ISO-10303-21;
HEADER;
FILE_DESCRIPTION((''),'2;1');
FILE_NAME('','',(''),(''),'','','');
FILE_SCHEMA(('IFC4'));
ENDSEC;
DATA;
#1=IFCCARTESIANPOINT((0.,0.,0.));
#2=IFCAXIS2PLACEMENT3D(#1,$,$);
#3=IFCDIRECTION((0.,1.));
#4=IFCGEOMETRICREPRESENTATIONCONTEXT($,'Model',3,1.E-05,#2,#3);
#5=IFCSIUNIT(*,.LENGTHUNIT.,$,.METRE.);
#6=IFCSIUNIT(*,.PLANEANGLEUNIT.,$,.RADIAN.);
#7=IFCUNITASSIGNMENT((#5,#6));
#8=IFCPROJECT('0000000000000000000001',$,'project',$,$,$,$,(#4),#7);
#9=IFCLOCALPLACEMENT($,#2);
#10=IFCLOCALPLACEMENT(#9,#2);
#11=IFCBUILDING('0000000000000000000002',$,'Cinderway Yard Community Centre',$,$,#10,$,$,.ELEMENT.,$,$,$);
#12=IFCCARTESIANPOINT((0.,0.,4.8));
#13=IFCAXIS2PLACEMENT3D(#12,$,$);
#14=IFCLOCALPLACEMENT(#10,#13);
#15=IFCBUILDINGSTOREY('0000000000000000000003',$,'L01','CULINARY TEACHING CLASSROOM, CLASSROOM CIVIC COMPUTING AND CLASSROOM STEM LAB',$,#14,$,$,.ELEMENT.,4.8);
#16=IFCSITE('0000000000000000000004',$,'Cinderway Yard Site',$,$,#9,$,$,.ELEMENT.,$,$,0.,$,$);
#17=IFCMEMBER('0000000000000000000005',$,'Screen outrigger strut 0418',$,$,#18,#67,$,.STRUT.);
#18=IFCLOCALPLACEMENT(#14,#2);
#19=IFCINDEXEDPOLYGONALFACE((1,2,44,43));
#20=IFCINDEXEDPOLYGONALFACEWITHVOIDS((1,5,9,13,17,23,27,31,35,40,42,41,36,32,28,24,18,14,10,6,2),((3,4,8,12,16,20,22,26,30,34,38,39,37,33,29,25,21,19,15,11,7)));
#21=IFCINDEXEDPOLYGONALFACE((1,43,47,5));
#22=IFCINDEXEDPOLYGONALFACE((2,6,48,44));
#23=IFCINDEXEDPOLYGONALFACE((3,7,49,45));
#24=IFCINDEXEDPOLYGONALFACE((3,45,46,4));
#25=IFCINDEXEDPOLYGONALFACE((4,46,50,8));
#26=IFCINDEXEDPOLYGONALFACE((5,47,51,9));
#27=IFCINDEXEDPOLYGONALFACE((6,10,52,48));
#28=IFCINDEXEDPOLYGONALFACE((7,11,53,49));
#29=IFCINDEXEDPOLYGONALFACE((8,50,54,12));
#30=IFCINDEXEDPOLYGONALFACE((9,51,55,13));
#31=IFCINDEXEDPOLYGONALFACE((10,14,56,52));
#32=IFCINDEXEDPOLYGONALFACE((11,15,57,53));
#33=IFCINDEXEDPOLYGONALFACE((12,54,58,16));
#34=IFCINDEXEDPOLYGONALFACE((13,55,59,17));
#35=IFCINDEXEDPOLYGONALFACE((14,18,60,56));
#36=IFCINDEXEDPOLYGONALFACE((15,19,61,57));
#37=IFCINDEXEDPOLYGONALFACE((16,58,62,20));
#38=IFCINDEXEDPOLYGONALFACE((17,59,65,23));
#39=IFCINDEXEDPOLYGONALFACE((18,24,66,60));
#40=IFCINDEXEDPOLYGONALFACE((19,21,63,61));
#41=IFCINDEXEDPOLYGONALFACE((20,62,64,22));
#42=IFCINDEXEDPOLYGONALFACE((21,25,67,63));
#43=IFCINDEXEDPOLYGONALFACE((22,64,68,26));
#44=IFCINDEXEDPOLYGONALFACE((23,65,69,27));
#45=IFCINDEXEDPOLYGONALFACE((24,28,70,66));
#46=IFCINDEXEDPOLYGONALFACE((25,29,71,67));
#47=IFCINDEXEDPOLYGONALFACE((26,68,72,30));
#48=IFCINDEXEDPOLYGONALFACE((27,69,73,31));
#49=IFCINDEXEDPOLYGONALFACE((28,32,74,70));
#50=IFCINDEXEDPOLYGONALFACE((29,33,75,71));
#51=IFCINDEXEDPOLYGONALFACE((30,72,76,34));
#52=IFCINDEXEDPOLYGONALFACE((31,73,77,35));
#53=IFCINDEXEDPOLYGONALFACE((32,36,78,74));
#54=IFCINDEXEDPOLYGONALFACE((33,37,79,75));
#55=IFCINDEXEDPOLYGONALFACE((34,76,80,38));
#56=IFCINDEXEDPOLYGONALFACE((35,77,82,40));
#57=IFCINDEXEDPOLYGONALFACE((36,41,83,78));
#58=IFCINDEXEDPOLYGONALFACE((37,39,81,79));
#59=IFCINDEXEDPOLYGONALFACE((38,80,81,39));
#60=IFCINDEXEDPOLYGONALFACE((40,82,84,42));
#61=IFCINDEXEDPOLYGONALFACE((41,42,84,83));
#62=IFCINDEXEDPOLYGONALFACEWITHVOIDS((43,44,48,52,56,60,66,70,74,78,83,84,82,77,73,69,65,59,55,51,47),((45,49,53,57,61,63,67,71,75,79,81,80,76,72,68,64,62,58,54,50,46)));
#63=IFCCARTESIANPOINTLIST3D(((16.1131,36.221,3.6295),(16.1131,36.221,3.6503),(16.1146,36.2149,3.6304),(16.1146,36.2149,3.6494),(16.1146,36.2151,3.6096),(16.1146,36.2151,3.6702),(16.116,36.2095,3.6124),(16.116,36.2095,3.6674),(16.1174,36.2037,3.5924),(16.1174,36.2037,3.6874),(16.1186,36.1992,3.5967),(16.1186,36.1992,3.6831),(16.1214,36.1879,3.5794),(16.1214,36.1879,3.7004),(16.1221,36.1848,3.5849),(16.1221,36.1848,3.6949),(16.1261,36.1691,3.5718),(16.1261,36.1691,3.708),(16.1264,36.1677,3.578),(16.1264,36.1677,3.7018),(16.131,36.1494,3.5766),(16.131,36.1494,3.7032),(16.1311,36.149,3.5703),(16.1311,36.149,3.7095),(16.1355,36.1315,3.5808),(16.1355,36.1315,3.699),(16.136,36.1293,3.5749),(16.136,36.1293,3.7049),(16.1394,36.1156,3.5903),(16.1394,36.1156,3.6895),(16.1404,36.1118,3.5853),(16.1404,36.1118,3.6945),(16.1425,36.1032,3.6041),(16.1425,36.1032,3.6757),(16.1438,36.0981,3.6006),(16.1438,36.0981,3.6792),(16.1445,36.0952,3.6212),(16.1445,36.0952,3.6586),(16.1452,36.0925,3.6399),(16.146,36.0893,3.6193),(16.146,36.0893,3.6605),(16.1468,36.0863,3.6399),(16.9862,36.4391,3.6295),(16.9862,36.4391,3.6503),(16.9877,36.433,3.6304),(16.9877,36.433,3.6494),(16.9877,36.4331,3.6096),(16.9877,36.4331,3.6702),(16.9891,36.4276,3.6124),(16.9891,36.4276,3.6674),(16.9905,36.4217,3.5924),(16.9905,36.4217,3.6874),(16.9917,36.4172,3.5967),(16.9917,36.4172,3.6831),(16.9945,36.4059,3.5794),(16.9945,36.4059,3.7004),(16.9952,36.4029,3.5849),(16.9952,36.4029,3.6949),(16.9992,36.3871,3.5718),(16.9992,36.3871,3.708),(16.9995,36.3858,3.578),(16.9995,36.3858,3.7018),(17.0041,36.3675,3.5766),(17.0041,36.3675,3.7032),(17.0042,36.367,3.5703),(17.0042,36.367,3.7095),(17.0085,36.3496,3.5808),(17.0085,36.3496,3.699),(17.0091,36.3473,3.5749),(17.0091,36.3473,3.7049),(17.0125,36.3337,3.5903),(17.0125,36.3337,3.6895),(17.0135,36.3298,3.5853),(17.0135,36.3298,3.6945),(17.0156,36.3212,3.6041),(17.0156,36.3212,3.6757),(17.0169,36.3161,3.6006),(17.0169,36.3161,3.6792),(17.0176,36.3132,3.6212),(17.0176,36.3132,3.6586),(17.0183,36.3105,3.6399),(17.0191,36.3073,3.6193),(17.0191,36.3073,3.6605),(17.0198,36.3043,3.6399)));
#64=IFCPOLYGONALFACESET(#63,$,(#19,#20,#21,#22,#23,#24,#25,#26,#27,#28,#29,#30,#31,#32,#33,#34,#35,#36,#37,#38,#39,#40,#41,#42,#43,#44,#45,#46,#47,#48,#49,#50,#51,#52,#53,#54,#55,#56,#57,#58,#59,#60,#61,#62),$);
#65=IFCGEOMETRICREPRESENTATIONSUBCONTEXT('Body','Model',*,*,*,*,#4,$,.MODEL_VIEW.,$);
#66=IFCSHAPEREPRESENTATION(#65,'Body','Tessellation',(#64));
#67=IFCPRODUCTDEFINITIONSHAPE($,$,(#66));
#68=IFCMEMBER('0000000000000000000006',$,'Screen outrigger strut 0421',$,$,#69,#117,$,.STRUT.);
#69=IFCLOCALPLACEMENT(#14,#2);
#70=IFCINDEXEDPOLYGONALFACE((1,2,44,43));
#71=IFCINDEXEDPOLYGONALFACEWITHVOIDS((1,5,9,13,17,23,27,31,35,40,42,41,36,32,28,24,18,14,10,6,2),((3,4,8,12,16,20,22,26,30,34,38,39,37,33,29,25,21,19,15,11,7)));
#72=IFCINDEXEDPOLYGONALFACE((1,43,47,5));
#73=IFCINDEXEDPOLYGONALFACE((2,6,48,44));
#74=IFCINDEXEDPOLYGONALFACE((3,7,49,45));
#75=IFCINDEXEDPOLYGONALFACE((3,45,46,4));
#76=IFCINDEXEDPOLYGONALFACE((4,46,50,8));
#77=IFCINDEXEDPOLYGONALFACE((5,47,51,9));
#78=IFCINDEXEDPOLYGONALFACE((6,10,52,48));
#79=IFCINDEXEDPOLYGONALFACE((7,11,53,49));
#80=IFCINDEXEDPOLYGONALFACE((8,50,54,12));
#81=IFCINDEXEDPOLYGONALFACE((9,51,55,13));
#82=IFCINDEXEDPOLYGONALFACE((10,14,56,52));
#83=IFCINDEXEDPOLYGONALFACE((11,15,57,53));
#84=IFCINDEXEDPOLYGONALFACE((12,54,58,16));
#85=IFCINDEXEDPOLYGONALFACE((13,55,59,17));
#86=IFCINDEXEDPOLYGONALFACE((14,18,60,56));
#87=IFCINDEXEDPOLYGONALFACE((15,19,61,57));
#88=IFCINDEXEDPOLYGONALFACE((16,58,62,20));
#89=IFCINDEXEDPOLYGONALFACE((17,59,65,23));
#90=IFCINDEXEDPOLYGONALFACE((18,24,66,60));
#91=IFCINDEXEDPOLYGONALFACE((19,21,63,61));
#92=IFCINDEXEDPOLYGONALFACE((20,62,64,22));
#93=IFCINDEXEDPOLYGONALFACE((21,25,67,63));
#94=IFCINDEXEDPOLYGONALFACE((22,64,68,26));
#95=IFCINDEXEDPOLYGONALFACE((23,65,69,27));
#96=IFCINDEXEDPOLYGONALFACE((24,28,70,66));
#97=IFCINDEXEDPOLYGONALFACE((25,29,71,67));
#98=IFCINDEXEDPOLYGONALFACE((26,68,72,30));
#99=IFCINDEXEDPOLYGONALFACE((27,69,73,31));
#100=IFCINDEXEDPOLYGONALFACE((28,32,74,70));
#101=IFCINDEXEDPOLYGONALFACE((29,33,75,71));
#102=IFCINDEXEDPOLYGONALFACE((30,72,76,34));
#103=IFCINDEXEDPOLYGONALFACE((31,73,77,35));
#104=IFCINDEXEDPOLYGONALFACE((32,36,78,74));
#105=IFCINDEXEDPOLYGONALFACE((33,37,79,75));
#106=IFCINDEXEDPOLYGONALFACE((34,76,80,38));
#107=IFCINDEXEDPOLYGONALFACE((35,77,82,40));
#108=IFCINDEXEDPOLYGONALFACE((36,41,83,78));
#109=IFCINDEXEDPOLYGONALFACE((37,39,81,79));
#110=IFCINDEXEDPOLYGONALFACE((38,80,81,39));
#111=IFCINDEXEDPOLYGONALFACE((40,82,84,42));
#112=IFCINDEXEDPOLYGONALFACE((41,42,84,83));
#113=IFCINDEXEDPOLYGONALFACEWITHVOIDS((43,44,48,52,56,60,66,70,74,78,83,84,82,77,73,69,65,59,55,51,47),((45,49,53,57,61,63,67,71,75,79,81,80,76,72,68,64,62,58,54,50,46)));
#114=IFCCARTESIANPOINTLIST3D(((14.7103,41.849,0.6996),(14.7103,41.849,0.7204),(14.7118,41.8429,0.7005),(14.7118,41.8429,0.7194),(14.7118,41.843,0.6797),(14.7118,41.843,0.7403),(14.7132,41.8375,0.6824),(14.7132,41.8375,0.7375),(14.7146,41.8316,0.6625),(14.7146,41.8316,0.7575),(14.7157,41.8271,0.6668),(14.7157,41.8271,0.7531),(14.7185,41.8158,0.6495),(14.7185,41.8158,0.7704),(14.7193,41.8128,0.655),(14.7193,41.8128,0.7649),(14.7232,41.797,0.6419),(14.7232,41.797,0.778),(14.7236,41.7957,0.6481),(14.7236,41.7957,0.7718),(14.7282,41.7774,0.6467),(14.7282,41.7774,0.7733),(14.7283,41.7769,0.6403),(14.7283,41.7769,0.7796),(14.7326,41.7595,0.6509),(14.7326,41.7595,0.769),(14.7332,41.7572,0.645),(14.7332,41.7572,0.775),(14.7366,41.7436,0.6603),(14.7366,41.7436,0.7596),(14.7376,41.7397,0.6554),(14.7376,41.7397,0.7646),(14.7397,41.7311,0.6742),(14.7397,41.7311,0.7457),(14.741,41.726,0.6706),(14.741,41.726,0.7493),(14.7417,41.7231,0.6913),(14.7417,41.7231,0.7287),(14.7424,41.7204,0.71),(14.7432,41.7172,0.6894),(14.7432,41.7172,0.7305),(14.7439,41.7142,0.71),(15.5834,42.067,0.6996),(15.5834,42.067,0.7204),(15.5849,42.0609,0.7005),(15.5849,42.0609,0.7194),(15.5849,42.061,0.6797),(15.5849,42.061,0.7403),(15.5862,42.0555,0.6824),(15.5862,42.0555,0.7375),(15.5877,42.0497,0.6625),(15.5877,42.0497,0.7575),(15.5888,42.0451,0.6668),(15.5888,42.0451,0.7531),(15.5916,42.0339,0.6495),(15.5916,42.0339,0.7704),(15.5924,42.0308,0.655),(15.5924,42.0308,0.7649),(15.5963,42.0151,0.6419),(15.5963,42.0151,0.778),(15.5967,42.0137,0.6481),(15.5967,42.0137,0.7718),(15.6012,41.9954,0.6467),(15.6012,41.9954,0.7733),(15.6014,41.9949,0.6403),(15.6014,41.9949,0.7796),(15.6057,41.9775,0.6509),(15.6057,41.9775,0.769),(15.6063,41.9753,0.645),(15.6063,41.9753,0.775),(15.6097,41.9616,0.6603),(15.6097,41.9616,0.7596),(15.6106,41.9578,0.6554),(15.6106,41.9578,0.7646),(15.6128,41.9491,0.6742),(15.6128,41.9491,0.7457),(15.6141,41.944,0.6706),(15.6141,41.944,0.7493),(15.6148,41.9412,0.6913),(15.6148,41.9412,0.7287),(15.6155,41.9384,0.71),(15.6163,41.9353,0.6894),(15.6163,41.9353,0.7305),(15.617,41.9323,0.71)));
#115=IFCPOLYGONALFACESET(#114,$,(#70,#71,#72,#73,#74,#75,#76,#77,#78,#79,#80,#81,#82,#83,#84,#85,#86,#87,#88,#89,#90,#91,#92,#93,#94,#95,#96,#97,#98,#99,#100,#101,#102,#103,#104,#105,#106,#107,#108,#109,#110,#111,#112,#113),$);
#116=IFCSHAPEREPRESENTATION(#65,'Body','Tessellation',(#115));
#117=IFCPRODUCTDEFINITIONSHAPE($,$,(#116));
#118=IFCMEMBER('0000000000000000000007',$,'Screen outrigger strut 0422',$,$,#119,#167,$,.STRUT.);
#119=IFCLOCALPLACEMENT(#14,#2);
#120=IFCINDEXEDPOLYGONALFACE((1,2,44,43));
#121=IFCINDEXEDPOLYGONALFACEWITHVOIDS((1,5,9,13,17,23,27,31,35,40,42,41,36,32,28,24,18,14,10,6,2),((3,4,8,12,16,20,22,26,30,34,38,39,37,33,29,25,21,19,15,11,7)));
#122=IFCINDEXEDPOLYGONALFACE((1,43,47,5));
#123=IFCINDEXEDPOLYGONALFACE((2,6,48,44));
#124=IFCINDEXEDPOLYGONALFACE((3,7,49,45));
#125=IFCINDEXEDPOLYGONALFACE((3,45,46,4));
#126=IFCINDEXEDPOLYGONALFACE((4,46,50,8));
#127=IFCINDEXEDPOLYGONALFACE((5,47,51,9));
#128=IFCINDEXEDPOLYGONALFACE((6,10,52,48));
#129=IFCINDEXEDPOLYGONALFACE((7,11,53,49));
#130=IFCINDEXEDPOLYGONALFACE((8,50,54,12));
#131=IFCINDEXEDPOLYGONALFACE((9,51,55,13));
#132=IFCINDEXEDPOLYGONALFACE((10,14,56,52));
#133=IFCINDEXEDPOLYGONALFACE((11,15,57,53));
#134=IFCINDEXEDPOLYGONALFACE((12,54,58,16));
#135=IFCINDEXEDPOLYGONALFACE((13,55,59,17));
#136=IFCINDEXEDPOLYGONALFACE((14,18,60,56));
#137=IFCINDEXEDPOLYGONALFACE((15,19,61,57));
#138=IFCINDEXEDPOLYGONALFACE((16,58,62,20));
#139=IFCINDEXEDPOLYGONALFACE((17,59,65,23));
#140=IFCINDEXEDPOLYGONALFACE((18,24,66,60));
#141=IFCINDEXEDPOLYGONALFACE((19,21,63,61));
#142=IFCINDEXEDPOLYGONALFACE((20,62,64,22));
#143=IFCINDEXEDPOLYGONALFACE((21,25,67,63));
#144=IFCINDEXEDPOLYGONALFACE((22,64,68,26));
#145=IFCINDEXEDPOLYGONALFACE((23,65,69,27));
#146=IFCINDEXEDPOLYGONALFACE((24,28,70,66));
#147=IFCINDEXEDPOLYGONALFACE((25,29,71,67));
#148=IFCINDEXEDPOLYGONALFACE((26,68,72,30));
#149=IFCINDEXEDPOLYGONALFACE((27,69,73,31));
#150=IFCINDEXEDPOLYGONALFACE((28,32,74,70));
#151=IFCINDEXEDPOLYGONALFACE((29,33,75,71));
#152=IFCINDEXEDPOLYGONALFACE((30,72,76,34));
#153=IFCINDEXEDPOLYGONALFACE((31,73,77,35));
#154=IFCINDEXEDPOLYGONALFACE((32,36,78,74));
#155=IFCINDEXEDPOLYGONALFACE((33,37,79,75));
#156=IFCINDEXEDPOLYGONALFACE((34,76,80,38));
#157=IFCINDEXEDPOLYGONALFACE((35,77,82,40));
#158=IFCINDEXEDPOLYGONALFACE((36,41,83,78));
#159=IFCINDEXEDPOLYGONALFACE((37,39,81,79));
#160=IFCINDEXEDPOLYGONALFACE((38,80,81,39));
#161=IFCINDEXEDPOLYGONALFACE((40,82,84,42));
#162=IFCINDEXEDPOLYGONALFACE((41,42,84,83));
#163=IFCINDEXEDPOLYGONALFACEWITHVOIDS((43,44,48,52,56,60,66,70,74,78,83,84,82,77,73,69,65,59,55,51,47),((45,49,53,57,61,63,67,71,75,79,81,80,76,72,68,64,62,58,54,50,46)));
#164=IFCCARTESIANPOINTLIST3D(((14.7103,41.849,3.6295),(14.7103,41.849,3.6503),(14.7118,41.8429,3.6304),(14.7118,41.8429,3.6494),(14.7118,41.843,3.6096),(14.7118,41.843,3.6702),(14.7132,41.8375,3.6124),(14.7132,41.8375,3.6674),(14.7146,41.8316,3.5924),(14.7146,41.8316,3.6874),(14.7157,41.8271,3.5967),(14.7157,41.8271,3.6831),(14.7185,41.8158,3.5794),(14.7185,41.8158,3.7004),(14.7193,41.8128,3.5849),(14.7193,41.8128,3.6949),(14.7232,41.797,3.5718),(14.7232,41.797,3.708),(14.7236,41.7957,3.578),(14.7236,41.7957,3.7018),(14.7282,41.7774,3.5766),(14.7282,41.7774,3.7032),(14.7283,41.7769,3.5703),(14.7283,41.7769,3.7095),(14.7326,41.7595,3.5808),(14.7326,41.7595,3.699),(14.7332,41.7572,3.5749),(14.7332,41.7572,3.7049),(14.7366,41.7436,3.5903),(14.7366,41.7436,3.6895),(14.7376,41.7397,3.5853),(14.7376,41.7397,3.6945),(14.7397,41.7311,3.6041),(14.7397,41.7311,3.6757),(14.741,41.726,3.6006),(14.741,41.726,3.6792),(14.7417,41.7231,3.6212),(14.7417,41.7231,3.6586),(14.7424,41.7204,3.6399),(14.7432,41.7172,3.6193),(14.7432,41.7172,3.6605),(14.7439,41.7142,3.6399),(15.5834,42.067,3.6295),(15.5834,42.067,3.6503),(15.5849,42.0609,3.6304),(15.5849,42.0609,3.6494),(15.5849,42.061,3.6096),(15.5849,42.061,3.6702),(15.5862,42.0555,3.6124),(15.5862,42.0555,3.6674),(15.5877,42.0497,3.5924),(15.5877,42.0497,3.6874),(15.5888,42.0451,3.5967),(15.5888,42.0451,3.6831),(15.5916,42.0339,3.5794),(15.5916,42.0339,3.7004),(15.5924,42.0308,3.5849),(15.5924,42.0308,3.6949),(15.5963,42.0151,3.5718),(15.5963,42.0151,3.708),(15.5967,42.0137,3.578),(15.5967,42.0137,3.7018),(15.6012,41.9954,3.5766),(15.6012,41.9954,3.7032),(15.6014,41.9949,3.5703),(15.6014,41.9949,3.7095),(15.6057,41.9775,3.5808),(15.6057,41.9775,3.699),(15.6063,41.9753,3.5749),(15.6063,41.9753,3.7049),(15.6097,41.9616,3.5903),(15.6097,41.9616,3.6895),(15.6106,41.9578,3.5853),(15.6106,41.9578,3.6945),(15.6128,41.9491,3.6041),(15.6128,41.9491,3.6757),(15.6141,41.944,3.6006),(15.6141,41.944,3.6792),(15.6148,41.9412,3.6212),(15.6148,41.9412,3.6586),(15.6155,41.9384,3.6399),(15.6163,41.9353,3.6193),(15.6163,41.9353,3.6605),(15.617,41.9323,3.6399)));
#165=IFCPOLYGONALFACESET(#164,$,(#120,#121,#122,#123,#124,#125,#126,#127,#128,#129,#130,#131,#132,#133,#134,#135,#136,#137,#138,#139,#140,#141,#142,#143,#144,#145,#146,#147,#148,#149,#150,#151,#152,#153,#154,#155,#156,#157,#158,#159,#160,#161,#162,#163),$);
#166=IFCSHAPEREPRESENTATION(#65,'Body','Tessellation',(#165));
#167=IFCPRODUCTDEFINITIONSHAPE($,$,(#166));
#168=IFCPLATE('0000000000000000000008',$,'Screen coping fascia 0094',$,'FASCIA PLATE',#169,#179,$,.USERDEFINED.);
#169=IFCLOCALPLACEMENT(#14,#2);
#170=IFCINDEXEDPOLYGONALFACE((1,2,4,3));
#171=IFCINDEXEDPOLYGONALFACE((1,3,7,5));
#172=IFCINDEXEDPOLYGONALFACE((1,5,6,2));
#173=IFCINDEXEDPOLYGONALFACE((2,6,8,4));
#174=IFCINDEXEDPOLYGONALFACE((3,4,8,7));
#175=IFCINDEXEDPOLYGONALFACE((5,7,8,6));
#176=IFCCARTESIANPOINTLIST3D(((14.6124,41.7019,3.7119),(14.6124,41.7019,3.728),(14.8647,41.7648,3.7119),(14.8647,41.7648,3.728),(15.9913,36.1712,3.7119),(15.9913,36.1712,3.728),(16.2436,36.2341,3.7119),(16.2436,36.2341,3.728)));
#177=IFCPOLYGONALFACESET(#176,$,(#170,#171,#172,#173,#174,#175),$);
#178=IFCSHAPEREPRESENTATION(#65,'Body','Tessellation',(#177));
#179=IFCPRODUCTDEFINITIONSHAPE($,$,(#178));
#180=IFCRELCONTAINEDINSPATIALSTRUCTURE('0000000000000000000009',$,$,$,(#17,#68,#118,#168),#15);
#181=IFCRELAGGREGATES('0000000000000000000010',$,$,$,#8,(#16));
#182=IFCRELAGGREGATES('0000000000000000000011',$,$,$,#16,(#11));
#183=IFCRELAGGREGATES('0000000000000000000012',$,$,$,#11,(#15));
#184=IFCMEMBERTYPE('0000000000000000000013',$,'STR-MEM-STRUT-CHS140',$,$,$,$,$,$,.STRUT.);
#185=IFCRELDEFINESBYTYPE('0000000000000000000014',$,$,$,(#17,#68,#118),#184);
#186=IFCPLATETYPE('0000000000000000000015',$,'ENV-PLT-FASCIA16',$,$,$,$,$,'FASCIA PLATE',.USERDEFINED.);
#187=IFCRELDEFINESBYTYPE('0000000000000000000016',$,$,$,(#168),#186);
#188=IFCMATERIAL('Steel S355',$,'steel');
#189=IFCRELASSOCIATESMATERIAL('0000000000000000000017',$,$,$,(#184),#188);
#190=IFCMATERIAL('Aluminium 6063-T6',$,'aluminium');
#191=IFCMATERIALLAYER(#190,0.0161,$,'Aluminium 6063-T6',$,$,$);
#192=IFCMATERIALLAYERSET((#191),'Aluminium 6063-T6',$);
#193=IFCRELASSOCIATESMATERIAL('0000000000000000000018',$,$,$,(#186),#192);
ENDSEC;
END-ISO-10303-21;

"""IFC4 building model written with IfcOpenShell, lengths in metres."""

from ifc_helpers import new_model, si_unit, direction, frame, origin, origin_2d, place, context, subcontext, project, spatial, rectangle, hollow_circle, extrude, material, layer, layer_set, material_profile, profile_set, type_object, element, save


model = new_model("IFC4")

# Units and contexts
model_context = context("Model", 3, precision=1e-05, world=origin(), true_north=direction((0.0, 1.0)))
body_context = subcontext(model_context, "Body", "Model", "MODEL_VIEW")
ifc_project = project(units=[si_unit("LENGTHUNIT", "METRE"), si_unit("PLANEANGLEUNIT", "RADIAN")], contexts=[model_context])

# Site, building, storey
site_placement = place(None, origin())
site = spatial("IfcSite", under=ifc_project, at=site_placement, Name="Cinderway Yard Site", CompositionType="ELEMENT", RefElevation=0.0)
building_placement = place(site_placement, origin())
building = spatial("IfcBuilding", under=site, at=building_placement, Name="Cinderway Yard Community Centre", CompositionType="ELEMENT")
storey_placement = place(building_placement, frame((0.0, 0.0, 4.8)))
storey = spatial("IfcBuildingStorey", under=building, at=storey_placement, Name="L01", Description="CULINARY TEACHING CLASSROOM, CLASSROOM CIVIC COMPUTING AND CLASSROOM STEM LAB", CompositionType="ELEMENT", Elevation=4.8)

# Shared definitions
ifc_material_1 = material(Name="Steel S355", Category="steel")

# Members
ifc_material_profile_1 = material_profile(ifc_material_1, hollow_circle(Radius=0.0698, WallThickness=0.0063, at=origin_2d()), Name="Steel S355")
ifc_profile_set_1 = profile_set([ifc_material_profile_1], Name="Steel S355")
member_type_1 = type_object("IfcMemberType", Name="STR-MEM-STRUT-CHS140", PredefinedType="STRUT", material=ifc_profile_set_1)
for number, where, z_axis, x_axis, name in (
    (1, (17.0029, 36.3721, 3.6399), (-0.970206, -0.24228, 0.0), (0.24228, -0.970206, 0.0), "Screen outrigger strut 0418"),
    (2, (15.6001, 42.0, 0.71), (-0.970206, -0.24228, 0.0), (0.24228, -0.970206, 0.0), "Screen outrigger strut 0421"),
    (3, (15.6001, 42.0, 3.6399), (-0.970206, -0.24228, 0.0), (0.24228, -0.970206, 0.0), "Screen outrigger strut 0422"),
):
    element("IfcMember", number, at=place(storey_placement, frame(where, z_axis=z_axis, x_axis=x_axis)), inside=storey, type_object=member_type_1, Name=name, PredefinedType="STRUT", context=body_context, shape_type="SweptSolid", body=[
        extrude(hollow_circle(Radius=0.0698, WallThickness=0.0063, at=origin_2d()), origin(), (0.0, 0.0, 1.0), 0.8999),
    ])

# Plate
ifc_material_2 = material(Name="Aluminium 6063-T6", Category="aluminium")
ifc_layer_1 = layer(ifc_material_2, 0.0161, Name="Aluminium 6063-T6")
ifc_layer_set_1 = layer_set([ifc_layer_1], Name="Aluminium 6063-T6")
plate_type = type_object("IfcPlateType", Name="ENV-PLT-FASCIA16", ElementType="FASCIA PLATE", PredefinedType="USERDEFINED", material=ifc_layer_set_1)
plate_placement = place(storey_placement, frame((15.428, 38.968, 3.7119), z_axis=(0.0, 0.0, 1.0), x_axis=(-0.241922, 0.970296, 0.0)))
element("IfcPlate", 4, at=plate_placement, inside=storey, type_object=plate_type, Name="Screen coping fascia 0094", ObjectType="FASCIA PLATE", PredefinedType="USERDEFINED", context=body_context, shape_type="SweptSolid", body=[
    extrude(rectangle(XDim=5.7, YDim=0.26, at=origin_2d()), origin(), (0.0, 0.0, 1.0), 0.0161),
])

save(model, "model.ifc")
